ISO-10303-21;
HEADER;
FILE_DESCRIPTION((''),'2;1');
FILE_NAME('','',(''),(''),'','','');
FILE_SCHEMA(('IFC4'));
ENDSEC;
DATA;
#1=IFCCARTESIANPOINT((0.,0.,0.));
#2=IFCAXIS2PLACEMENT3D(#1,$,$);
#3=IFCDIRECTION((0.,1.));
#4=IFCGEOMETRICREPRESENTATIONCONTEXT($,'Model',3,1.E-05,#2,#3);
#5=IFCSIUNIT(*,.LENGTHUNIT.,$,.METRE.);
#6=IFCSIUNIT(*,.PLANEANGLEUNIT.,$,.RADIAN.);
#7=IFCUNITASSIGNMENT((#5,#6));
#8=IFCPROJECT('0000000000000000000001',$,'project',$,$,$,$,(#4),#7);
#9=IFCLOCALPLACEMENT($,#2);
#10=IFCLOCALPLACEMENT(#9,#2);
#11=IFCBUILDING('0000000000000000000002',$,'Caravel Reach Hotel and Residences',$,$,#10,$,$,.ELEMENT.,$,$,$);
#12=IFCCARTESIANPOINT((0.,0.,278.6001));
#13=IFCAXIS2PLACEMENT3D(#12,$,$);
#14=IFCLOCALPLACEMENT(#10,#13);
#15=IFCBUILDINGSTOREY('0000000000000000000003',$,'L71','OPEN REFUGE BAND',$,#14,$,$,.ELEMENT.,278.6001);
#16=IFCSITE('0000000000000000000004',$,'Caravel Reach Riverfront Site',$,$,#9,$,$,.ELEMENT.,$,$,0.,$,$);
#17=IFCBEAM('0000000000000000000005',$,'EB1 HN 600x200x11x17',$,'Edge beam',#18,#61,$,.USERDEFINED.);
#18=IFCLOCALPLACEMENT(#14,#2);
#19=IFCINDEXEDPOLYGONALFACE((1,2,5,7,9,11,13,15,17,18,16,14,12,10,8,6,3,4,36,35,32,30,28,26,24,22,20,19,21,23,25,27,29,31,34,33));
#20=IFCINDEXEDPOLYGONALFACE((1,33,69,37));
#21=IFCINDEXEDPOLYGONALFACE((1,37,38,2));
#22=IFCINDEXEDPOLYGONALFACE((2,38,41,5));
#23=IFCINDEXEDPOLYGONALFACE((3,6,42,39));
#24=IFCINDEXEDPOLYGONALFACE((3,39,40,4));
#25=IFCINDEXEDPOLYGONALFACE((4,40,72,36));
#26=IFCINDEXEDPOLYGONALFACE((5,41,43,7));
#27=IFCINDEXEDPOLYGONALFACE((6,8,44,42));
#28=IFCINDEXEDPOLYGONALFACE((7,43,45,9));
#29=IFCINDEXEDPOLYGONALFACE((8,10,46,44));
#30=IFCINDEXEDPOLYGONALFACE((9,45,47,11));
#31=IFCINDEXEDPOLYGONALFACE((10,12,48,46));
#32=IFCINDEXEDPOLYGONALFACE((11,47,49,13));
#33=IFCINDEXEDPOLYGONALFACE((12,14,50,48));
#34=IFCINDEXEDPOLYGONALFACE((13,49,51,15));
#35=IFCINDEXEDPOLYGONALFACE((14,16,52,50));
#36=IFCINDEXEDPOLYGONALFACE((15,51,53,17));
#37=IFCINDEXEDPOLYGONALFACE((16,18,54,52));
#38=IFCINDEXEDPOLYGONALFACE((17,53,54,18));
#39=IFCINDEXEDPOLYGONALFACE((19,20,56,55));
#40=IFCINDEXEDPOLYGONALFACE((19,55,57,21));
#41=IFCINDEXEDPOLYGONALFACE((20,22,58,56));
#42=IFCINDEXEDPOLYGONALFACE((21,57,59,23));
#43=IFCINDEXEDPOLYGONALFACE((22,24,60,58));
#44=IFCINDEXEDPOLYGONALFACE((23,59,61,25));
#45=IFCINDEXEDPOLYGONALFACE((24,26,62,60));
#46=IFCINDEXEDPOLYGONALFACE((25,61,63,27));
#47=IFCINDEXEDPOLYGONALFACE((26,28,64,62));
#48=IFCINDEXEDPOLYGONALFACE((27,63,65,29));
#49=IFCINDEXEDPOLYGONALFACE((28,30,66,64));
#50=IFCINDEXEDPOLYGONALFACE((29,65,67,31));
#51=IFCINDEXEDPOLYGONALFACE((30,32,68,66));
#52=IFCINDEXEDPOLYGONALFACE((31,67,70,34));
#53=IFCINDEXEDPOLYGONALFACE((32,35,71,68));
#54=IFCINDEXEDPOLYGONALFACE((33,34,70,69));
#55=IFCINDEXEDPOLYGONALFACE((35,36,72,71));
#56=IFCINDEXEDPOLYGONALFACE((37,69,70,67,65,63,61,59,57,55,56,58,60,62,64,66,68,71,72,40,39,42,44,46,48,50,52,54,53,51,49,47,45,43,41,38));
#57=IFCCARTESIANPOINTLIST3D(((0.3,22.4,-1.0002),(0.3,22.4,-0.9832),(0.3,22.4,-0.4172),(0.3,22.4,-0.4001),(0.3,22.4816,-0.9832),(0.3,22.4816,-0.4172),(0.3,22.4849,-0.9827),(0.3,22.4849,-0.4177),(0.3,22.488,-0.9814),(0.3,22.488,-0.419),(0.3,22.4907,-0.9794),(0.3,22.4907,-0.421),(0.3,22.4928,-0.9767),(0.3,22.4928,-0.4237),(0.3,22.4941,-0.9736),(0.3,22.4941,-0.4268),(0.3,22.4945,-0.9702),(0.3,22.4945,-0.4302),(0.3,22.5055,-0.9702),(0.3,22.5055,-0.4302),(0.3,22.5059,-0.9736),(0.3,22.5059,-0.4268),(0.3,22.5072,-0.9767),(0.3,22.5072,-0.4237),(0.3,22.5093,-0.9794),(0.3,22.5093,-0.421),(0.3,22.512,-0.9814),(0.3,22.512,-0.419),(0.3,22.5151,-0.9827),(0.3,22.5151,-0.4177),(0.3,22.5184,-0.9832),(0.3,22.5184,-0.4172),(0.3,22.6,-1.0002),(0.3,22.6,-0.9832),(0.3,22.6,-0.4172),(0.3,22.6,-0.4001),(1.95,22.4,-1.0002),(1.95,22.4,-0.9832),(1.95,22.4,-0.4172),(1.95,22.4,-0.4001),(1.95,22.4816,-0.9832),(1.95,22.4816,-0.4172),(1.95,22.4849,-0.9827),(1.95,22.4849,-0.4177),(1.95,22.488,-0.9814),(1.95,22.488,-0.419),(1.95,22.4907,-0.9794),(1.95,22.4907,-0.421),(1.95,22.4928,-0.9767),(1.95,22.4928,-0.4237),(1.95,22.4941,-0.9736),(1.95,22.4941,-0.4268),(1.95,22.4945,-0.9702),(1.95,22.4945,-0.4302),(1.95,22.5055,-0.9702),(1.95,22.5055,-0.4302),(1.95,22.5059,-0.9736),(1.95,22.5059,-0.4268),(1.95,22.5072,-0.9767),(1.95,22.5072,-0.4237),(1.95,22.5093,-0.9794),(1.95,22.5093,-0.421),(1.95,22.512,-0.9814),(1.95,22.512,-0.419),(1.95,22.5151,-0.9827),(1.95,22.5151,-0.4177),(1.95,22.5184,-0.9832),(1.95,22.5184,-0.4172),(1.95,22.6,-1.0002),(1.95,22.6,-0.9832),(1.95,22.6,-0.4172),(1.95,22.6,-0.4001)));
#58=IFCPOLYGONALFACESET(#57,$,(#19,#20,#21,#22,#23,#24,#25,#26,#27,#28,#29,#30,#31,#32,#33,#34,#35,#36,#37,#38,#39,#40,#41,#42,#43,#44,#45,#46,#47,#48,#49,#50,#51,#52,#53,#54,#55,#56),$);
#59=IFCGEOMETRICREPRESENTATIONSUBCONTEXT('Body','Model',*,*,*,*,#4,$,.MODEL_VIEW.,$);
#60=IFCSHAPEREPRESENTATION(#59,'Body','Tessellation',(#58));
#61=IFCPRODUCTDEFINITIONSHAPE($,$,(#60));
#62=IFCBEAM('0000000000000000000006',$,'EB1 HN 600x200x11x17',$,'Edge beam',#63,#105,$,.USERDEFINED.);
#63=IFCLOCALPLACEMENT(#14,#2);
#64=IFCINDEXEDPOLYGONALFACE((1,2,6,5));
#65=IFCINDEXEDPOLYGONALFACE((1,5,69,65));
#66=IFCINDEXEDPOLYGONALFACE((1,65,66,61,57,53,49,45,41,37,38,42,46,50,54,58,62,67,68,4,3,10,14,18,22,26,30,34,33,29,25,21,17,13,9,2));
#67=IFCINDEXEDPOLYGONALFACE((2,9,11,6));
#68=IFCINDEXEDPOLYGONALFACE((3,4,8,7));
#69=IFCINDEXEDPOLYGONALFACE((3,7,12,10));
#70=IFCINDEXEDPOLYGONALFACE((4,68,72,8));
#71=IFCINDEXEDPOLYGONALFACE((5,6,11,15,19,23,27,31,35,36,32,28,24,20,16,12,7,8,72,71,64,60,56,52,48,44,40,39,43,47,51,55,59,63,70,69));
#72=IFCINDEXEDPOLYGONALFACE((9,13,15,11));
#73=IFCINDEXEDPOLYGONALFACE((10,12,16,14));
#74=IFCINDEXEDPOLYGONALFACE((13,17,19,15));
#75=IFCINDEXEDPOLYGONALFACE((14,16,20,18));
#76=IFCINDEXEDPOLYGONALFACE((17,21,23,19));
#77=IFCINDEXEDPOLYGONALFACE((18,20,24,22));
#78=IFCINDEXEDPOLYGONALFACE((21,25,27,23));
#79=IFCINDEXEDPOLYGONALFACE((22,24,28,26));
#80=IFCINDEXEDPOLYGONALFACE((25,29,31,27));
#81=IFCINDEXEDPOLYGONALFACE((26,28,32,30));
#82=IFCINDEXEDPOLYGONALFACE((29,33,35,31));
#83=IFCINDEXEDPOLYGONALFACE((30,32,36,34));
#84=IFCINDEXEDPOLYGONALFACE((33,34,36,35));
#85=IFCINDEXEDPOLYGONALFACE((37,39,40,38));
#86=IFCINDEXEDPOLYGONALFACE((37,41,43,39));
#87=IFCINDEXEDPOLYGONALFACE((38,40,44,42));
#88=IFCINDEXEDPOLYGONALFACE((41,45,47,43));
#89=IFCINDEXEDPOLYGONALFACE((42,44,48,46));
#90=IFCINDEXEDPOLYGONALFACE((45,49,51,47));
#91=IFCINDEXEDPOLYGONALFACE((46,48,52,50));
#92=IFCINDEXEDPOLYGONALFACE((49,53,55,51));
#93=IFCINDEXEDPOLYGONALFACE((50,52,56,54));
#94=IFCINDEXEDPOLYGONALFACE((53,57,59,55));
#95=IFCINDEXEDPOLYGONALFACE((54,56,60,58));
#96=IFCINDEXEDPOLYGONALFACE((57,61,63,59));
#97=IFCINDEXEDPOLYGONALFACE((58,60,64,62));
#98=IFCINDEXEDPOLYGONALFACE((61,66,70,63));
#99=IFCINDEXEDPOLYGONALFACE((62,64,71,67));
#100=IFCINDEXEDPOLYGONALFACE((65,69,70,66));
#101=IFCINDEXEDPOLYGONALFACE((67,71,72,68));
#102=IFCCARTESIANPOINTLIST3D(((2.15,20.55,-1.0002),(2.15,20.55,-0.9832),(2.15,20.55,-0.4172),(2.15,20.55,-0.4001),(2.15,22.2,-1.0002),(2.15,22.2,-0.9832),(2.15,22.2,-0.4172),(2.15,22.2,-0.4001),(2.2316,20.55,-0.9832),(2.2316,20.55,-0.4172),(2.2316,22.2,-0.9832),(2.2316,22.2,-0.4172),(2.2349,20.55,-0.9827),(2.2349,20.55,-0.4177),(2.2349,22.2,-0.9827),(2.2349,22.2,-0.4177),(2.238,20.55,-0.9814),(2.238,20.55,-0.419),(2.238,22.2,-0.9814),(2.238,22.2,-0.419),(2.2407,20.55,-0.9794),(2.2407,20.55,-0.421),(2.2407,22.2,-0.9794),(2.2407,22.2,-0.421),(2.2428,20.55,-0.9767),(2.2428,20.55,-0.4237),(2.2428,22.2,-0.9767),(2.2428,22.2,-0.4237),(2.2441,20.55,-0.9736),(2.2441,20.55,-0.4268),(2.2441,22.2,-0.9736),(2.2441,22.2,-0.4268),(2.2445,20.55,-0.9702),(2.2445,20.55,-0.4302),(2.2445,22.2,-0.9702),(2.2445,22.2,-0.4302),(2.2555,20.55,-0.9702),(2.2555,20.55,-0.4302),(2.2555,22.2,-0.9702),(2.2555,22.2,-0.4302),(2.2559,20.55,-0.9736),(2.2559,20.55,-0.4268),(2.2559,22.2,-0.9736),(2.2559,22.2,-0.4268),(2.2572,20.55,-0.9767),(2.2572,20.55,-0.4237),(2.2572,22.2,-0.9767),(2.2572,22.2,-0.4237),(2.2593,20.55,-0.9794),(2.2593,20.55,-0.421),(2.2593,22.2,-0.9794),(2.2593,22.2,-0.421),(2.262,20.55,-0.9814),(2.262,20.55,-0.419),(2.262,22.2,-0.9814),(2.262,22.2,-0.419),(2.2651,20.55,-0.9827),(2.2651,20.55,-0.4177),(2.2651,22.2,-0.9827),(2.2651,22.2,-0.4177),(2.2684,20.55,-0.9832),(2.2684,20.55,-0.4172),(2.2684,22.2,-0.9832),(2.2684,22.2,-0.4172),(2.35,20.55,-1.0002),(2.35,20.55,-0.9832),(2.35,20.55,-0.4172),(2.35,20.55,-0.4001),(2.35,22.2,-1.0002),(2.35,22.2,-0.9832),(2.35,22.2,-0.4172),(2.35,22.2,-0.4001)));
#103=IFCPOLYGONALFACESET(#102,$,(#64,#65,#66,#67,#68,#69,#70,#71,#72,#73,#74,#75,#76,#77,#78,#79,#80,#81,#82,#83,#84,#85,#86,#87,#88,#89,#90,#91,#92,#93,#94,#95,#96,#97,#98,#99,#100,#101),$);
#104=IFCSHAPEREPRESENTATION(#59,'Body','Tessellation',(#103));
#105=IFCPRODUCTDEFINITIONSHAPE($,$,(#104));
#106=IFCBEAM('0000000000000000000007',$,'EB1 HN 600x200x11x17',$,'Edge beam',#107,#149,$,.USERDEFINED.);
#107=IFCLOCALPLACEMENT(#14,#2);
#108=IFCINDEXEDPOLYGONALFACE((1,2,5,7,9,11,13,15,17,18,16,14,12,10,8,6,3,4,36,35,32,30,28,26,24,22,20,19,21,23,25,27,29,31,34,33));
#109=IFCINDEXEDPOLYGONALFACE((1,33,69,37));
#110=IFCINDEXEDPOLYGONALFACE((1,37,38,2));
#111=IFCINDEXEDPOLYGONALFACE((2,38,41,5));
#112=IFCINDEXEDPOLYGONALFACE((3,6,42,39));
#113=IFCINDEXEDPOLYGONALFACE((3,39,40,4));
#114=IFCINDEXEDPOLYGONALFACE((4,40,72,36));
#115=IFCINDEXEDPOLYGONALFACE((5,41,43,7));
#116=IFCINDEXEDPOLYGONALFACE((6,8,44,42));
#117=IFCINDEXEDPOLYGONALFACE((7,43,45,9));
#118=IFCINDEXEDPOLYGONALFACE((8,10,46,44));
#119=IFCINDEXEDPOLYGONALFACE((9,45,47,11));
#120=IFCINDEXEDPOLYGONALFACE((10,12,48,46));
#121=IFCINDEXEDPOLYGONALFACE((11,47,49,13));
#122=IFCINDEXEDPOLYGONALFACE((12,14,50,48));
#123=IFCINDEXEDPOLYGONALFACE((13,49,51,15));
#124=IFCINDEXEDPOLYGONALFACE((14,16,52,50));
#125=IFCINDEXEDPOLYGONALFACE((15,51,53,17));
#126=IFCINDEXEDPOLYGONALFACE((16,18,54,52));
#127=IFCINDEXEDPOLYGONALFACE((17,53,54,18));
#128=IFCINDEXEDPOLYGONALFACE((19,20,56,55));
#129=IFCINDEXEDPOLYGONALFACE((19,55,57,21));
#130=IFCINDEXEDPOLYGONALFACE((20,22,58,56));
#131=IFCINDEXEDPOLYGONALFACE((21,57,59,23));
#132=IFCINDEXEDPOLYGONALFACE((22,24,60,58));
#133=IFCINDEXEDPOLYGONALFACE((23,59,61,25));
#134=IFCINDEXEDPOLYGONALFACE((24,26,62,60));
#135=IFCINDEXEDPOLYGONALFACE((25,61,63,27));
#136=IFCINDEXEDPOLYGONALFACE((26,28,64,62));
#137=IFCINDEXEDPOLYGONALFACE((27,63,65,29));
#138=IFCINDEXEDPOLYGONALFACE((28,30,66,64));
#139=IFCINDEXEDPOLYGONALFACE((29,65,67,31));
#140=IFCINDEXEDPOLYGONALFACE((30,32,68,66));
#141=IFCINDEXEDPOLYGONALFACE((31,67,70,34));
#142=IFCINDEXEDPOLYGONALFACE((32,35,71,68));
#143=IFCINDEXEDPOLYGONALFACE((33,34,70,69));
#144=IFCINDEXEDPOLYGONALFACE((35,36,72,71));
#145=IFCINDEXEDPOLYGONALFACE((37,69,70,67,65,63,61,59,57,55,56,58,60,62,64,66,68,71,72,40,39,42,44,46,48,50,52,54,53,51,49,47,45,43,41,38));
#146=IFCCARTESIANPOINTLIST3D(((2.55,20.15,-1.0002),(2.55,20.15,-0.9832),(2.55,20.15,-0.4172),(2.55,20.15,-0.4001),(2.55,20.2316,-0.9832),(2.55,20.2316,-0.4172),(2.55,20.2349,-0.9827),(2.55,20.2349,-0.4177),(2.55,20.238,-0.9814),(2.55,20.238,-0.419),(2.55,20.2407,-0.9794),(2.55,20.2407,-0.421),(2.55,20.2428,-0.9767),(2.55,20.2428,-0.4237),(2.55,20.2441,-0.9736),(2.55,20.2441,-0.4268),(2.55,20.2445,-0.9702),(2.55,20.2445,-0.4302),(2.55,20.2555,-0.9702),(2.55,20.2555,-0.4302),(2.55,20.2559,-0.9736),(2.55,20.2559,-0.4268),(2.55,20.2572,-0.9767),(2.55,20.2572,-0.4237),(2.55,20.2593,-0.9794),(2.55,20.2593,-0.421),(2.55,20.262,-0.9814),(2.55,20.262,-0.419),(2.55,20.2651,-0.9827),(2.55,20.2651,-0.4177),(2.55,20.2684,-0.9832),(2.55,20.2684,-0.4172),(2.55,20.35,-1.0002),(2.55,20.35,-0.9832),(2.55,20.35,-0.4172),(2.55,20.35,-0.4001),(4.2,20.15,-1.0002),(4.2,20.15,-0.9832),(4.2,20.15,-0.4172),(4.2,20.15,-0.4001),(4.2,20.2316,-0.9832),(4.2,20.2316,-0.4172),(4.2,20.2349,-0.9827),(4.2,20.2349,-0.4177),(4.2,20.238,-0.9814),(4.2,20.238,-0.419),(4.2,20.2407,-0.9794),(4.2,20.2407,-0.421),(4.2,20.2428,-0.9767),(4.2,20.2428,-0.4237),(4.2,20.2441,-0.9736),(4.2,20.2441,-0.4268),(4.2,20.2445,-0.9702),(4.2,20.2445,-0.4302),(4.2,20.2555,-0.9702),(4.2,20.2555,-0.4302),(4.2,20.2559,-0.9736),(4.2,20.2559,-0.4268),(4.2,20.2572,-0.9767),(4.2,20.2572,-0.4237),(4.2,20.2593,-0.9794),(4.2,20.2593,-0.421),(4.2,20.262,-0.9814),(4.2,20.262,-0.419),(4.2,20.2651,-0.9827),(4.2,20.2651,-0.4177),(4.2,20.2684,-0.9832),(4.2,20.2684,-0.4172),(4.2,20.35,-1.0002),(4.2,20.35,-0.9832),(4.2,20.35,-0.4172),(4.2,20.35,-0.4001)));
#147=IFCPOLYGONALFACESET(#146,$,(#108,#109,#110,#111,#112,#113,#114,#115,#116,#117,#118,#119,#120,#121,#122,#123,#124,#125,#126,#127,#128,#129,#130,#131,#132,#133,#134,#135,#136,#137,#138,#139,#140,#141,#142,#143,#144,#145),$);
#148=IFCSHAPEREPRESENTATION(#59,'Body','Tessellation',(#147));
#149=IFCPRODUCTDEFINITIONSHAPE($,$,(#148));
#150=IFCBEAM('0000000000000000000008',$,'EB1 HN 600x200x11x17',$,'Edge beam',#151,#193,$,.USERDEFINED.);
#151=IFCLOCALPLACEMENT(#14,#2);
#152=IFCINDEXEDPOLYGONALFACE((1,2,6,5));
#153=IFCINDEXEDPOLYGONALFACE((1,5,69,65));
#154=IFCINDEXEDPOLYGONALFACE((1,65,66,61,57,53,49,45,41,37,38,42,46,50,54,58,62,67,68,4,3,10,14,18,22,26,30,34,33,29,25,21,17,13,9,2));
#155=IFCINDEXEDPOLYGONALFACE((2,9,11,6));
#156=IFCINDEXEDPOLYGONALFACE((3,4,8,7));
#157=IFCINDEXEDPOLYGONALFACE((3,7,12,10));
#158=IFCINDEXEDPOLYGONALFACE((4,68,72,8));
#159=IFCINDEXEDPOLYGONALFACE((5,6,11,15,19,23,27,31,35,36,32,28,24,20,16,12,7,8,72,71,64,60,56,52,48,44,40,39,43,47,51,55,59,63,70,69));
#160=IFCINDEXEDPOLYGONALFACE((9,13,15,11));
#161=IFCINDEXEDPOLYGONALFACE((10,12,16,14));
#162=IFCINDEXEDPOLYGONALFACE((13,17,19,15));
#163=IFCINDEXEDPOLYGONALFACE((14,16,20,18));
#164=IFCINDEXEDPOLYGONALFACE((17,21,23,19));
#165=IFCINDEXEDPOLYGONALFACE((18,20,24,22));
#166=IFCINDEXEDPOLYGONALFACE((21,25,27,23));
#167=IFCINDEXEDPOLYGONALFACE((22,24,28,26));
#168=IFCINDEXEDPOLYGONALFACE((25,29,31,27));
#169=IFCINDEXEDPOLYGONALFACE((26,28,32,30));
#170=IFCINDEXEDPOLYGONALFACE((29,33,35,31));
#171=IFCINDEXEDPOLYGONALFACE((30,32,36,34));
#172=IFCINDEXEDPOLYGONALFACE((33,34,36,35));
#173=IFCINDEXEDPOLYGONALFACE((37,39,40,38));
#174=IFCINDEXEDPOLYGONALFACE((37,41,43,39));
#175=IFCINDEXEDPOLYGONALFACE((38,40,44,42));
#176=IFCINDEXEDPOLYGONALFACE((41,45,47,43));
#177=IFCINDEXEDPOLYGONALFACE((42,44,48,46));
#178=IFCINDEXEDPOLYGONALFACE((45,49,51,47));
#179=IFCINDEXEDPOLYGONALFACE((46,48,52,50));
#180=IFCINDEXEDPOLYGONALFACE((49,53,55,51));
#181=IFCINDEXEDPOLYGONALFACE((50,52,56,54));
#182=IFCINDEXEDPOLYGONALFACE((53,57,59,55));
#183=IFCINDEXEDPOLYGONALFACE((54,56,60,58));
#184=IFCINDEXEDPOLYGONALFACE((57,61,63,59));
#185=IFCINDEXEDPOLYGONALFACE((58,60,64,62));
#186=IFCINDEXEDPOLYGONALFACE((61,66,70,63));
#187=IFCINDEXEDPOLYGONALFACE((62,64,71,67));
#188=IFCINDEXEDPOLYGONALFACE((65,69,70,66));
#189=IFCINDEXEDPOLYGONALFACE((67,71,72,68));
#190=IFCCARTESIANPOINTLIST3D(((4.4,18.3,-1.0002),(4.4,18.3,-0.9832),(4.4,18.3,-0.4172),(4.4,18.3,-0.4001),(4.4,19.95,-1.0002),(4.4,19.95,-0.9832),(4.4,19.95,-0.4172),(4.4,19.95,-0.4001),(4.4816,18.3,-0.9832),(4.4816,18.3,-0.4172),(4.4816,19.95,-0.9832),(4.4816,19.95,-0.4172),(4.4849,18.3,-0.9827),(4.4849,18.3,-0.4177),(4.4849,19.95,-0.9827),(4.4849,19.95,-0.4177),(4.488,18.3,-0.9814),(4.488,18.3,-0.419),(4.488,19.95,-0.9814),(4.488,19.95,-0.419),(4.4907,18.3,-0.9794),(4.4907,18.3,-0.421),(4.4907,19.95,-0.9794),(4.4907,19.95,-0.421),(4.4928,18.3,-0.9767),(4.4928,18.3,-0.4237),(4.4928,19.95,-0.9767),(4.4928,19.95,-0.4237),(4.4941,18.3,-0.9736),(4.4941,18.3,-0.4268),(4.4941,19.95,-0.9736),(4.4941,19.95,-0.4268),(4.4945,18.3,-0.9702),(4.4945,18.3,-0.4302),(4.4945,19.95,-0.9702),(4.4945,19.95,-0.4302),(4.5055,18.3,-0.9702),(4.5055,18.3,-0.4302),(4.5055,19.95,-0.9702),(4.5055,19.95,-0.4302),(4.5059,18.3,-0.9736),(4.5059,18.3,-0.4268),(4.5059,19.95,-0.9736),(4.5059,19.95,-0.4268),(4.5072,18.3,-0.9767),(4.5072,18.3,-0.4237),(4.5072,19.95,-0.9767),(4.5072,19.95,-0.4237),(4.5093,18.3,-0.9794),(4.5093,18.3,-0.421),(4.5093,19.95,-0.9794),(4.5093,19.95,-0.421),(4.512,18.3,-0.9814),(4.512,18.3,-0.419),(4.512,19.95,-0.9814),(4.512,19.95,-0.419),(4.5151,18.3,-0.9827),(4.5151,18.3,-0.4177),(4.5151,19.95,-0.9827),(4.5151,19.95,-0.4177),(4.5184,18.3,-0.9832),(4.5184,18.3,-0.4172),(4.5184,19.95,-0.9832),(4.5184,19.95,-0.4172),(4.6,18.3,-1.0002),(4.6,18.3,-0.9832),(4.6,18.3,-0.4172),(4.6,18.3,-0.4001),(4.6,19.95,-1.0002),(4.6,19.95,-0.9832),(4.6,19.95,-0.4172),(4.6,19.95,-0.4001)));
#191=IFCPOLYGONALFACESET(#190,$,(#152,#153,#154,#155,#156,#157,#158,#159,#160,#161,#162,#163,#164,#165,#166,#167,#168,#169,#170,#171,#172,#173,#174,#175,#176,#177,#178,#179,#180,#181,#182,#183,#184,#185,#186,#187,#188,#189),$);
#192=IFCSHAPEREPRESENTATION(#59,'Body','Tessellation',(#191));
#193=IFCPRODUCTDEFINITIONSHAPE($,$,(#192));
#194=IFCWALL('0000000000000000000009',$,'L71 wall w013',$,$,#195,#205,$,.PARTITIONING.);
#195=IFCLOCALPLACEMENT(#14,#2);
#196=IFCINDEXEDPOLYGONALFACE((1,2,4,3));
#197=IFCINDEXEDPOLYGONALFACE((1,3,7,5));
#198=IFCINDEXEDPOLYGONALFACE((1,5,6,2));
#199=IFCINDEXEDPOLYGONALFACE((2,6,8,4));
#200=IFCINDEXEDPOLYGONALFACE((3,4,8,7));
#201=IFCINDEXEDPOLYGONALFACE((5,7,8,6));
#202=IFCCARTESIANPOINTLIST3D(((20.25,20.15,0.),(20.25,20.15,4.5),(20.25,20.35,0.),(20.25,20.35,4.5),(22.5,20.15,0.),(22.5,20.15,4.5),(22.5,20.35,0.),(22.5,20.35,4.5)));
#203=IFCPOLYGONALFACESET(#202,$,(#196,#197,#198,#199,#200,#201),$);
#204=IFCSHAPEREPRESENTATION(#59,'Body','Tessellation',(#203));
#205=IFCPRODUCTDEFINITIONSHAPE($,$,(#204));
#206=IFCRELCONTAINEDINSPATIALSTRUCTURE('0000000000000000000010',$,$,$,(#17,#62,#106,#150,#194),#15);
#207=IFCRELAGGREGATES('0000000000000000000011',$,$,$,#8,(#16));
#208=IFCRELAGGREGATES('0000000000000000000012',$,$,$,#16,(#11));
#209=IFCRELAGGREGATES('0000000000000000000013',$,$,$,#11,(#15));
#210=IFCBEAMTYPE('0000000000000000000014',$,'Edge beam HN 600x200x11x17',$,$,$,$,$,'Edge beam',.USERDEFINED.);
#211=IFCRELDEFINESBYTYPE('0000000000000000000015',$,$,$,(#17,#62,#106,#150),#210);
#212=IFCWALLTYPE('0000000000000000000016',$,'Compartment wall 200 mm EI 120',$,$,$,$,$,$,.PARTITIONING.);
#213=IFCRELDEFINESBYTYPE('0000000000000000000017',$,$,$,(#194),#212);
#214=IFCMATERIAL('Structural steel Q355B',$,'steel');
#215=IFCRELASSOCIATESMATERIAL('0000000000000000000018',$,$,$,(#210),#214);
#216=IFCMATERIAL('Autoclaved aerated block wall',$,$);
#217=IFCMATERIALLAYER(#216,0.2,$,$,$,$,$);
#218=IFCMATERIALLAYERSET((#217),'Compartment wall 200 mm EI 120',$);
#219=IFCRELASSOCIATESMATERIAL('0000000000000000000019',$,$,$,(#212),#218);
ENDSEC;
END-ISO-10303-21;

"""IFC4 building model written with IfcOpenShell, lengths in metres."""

from ifc_helpers import new_model, si_unit, direction, frame, frame_2d, origin, origin_2d, place, context, subcontext, project, spatial, rectangle, i_section, extrude, material, layer, layer_set, material_profile, profile_set, type_object, element, save


model = new_model("IFC4")

# Units and contexts
model_context = context("Model", 3, precision=1e-05, world=origin(), true_north=direction((0.0, 1.0)))
body_context = subcontext(model_context, "Body", "Model", "MODEL_VIEW")
ifc_project = project(units=[si_unit("LENGTHUNIT", "METRE"), si_unit("PLANEANGLEUNIT", "RADIAN")], contexts=[model_context])

# Site, building, storey
site_placement = place(None, origin())
site = spatial("IfcSite", under=ifc_project, at=site_placement, Name="Caravel Reach Riverfront Site", CompositionType="ELEMENT", RefElevation=0.0)
building_placement = place(site_placement, origin())
building = spatial("IfcBuilding", under=site, at=building_placement, Name="Caravel Reach Hotel and Residences", CompositionType="ELEMENT")
storey_placement = place(building_placement, frame((0.0, 0.0, 278.6001)))
storey = spatial("IfcBuildingStorey", under=building, at=storey_placement, Name="L71", Description="OPEN REFUGE BAND", CompositionType="ELEMENT", Elevation=278.6001)

# Beams
ifc_material_1 = material(Name="Structural steel Q355B", Category="steel")
ifc_material_profile_1 = material_profile(ifc_material_1, i_section(OverallWidth=0.2, OverallDepth=0.6001, WebThickness=0.011, FlangeThickness=0.0171, FilletRadius=0.0129, at=origin_2d()), Name="HN 600x200x11x17")
ifc_profile_set_1 = profile_set([ifc_material_profile_1], Name="Structural steel Q355B")
beam_type_1 = type_object("IfcBeamType", Name="Edge beam HN 600x200x11x17", ElementType="Edge beam", PredefinedType="USERDEFINED", material=ifc_profile_set_1)
for number, where, z_axis, x_axis, name in (
    (1, (0.3, 22.5, -0.7002), (1.0, 0.0, 0.0), (0.0, 1.0, 0.0), "EB1 HN 600x200x11x17"),
    (2, (2.25, 22.2, -0.7002), (0.0, -1.0, 0.0), (1.0, 0.0, 0.0), "EB1 HN 600x200x11x17"),
    (3, (2.55, 20.25, -0.7002), (1.0, 0.0, 0.0), (0.0, 1.0, 0.0), "EB1 HN 600x200x11x17"),
    (4, (4.5, 19.95, -0.7002), (0.0, -1.0, 0.0), (1.0, 0.0, 0.0), "EB1 HN 600x200x11x17"),
):
    element("IfcBeam", number, at=place(storey_placement, frame(where, z_axis=z_axis, x_axis=x_axis)), inside=storey, type_object=beam_type_1, Name=name, ObjectType="Edge beam", PredefinedType="USERDEFINED", context=body_context, shape_type="SweptSolid", body=[
        extrude(i_section(OverallWidth=0.2, OverallDepth=0.6001, WebThickness=0.011, FlangeThickness=0.0171, FilletRadius=0.0129, at=origin_2d()), origin(), (0.0, 0.0, 1.0), 1.6499),
    ])

# Wall
ifc_material_2 = material(Name="Autoclaved aerated block wall")
ifc_layer_1 = layer(ifc_material_2, 0.2)
ifc_layer_set_1 = layer_set([ifc_layer_1], Name="Compartment wall 200 mm EI 120")
wall_type_1 = type_object("IfcWallType", Name="Compartment wall 200 mm EI 120", PredefinedType="PARTITIONING", material=ifc_layer_set_1)
for number, where, z_axis, x_axis, name in (
    (5, (20.25, 20.25, 0.0), (0.0, 0.0, 1.0), (1.0, 0.0, 0.0), "L71 wall w013"),
):
    element("IfcWall", number, at=place(storey_placement, frame(where, z_axis=z_axis, x_axis=x_axis)), inside=storey, type_object=wall_type_1, Name=name, PredefinedType="PARTITIONING", context=body_context, shape_type="SweptSolid", body=[
        extrude(rectangle(XDim=2.25, YDim=0.2, at=frame_2d((1.125, 0.0))), origin(), (0.0, 0.0, 1.0), 4.5),
    ])

save(model, "model.ifc")
